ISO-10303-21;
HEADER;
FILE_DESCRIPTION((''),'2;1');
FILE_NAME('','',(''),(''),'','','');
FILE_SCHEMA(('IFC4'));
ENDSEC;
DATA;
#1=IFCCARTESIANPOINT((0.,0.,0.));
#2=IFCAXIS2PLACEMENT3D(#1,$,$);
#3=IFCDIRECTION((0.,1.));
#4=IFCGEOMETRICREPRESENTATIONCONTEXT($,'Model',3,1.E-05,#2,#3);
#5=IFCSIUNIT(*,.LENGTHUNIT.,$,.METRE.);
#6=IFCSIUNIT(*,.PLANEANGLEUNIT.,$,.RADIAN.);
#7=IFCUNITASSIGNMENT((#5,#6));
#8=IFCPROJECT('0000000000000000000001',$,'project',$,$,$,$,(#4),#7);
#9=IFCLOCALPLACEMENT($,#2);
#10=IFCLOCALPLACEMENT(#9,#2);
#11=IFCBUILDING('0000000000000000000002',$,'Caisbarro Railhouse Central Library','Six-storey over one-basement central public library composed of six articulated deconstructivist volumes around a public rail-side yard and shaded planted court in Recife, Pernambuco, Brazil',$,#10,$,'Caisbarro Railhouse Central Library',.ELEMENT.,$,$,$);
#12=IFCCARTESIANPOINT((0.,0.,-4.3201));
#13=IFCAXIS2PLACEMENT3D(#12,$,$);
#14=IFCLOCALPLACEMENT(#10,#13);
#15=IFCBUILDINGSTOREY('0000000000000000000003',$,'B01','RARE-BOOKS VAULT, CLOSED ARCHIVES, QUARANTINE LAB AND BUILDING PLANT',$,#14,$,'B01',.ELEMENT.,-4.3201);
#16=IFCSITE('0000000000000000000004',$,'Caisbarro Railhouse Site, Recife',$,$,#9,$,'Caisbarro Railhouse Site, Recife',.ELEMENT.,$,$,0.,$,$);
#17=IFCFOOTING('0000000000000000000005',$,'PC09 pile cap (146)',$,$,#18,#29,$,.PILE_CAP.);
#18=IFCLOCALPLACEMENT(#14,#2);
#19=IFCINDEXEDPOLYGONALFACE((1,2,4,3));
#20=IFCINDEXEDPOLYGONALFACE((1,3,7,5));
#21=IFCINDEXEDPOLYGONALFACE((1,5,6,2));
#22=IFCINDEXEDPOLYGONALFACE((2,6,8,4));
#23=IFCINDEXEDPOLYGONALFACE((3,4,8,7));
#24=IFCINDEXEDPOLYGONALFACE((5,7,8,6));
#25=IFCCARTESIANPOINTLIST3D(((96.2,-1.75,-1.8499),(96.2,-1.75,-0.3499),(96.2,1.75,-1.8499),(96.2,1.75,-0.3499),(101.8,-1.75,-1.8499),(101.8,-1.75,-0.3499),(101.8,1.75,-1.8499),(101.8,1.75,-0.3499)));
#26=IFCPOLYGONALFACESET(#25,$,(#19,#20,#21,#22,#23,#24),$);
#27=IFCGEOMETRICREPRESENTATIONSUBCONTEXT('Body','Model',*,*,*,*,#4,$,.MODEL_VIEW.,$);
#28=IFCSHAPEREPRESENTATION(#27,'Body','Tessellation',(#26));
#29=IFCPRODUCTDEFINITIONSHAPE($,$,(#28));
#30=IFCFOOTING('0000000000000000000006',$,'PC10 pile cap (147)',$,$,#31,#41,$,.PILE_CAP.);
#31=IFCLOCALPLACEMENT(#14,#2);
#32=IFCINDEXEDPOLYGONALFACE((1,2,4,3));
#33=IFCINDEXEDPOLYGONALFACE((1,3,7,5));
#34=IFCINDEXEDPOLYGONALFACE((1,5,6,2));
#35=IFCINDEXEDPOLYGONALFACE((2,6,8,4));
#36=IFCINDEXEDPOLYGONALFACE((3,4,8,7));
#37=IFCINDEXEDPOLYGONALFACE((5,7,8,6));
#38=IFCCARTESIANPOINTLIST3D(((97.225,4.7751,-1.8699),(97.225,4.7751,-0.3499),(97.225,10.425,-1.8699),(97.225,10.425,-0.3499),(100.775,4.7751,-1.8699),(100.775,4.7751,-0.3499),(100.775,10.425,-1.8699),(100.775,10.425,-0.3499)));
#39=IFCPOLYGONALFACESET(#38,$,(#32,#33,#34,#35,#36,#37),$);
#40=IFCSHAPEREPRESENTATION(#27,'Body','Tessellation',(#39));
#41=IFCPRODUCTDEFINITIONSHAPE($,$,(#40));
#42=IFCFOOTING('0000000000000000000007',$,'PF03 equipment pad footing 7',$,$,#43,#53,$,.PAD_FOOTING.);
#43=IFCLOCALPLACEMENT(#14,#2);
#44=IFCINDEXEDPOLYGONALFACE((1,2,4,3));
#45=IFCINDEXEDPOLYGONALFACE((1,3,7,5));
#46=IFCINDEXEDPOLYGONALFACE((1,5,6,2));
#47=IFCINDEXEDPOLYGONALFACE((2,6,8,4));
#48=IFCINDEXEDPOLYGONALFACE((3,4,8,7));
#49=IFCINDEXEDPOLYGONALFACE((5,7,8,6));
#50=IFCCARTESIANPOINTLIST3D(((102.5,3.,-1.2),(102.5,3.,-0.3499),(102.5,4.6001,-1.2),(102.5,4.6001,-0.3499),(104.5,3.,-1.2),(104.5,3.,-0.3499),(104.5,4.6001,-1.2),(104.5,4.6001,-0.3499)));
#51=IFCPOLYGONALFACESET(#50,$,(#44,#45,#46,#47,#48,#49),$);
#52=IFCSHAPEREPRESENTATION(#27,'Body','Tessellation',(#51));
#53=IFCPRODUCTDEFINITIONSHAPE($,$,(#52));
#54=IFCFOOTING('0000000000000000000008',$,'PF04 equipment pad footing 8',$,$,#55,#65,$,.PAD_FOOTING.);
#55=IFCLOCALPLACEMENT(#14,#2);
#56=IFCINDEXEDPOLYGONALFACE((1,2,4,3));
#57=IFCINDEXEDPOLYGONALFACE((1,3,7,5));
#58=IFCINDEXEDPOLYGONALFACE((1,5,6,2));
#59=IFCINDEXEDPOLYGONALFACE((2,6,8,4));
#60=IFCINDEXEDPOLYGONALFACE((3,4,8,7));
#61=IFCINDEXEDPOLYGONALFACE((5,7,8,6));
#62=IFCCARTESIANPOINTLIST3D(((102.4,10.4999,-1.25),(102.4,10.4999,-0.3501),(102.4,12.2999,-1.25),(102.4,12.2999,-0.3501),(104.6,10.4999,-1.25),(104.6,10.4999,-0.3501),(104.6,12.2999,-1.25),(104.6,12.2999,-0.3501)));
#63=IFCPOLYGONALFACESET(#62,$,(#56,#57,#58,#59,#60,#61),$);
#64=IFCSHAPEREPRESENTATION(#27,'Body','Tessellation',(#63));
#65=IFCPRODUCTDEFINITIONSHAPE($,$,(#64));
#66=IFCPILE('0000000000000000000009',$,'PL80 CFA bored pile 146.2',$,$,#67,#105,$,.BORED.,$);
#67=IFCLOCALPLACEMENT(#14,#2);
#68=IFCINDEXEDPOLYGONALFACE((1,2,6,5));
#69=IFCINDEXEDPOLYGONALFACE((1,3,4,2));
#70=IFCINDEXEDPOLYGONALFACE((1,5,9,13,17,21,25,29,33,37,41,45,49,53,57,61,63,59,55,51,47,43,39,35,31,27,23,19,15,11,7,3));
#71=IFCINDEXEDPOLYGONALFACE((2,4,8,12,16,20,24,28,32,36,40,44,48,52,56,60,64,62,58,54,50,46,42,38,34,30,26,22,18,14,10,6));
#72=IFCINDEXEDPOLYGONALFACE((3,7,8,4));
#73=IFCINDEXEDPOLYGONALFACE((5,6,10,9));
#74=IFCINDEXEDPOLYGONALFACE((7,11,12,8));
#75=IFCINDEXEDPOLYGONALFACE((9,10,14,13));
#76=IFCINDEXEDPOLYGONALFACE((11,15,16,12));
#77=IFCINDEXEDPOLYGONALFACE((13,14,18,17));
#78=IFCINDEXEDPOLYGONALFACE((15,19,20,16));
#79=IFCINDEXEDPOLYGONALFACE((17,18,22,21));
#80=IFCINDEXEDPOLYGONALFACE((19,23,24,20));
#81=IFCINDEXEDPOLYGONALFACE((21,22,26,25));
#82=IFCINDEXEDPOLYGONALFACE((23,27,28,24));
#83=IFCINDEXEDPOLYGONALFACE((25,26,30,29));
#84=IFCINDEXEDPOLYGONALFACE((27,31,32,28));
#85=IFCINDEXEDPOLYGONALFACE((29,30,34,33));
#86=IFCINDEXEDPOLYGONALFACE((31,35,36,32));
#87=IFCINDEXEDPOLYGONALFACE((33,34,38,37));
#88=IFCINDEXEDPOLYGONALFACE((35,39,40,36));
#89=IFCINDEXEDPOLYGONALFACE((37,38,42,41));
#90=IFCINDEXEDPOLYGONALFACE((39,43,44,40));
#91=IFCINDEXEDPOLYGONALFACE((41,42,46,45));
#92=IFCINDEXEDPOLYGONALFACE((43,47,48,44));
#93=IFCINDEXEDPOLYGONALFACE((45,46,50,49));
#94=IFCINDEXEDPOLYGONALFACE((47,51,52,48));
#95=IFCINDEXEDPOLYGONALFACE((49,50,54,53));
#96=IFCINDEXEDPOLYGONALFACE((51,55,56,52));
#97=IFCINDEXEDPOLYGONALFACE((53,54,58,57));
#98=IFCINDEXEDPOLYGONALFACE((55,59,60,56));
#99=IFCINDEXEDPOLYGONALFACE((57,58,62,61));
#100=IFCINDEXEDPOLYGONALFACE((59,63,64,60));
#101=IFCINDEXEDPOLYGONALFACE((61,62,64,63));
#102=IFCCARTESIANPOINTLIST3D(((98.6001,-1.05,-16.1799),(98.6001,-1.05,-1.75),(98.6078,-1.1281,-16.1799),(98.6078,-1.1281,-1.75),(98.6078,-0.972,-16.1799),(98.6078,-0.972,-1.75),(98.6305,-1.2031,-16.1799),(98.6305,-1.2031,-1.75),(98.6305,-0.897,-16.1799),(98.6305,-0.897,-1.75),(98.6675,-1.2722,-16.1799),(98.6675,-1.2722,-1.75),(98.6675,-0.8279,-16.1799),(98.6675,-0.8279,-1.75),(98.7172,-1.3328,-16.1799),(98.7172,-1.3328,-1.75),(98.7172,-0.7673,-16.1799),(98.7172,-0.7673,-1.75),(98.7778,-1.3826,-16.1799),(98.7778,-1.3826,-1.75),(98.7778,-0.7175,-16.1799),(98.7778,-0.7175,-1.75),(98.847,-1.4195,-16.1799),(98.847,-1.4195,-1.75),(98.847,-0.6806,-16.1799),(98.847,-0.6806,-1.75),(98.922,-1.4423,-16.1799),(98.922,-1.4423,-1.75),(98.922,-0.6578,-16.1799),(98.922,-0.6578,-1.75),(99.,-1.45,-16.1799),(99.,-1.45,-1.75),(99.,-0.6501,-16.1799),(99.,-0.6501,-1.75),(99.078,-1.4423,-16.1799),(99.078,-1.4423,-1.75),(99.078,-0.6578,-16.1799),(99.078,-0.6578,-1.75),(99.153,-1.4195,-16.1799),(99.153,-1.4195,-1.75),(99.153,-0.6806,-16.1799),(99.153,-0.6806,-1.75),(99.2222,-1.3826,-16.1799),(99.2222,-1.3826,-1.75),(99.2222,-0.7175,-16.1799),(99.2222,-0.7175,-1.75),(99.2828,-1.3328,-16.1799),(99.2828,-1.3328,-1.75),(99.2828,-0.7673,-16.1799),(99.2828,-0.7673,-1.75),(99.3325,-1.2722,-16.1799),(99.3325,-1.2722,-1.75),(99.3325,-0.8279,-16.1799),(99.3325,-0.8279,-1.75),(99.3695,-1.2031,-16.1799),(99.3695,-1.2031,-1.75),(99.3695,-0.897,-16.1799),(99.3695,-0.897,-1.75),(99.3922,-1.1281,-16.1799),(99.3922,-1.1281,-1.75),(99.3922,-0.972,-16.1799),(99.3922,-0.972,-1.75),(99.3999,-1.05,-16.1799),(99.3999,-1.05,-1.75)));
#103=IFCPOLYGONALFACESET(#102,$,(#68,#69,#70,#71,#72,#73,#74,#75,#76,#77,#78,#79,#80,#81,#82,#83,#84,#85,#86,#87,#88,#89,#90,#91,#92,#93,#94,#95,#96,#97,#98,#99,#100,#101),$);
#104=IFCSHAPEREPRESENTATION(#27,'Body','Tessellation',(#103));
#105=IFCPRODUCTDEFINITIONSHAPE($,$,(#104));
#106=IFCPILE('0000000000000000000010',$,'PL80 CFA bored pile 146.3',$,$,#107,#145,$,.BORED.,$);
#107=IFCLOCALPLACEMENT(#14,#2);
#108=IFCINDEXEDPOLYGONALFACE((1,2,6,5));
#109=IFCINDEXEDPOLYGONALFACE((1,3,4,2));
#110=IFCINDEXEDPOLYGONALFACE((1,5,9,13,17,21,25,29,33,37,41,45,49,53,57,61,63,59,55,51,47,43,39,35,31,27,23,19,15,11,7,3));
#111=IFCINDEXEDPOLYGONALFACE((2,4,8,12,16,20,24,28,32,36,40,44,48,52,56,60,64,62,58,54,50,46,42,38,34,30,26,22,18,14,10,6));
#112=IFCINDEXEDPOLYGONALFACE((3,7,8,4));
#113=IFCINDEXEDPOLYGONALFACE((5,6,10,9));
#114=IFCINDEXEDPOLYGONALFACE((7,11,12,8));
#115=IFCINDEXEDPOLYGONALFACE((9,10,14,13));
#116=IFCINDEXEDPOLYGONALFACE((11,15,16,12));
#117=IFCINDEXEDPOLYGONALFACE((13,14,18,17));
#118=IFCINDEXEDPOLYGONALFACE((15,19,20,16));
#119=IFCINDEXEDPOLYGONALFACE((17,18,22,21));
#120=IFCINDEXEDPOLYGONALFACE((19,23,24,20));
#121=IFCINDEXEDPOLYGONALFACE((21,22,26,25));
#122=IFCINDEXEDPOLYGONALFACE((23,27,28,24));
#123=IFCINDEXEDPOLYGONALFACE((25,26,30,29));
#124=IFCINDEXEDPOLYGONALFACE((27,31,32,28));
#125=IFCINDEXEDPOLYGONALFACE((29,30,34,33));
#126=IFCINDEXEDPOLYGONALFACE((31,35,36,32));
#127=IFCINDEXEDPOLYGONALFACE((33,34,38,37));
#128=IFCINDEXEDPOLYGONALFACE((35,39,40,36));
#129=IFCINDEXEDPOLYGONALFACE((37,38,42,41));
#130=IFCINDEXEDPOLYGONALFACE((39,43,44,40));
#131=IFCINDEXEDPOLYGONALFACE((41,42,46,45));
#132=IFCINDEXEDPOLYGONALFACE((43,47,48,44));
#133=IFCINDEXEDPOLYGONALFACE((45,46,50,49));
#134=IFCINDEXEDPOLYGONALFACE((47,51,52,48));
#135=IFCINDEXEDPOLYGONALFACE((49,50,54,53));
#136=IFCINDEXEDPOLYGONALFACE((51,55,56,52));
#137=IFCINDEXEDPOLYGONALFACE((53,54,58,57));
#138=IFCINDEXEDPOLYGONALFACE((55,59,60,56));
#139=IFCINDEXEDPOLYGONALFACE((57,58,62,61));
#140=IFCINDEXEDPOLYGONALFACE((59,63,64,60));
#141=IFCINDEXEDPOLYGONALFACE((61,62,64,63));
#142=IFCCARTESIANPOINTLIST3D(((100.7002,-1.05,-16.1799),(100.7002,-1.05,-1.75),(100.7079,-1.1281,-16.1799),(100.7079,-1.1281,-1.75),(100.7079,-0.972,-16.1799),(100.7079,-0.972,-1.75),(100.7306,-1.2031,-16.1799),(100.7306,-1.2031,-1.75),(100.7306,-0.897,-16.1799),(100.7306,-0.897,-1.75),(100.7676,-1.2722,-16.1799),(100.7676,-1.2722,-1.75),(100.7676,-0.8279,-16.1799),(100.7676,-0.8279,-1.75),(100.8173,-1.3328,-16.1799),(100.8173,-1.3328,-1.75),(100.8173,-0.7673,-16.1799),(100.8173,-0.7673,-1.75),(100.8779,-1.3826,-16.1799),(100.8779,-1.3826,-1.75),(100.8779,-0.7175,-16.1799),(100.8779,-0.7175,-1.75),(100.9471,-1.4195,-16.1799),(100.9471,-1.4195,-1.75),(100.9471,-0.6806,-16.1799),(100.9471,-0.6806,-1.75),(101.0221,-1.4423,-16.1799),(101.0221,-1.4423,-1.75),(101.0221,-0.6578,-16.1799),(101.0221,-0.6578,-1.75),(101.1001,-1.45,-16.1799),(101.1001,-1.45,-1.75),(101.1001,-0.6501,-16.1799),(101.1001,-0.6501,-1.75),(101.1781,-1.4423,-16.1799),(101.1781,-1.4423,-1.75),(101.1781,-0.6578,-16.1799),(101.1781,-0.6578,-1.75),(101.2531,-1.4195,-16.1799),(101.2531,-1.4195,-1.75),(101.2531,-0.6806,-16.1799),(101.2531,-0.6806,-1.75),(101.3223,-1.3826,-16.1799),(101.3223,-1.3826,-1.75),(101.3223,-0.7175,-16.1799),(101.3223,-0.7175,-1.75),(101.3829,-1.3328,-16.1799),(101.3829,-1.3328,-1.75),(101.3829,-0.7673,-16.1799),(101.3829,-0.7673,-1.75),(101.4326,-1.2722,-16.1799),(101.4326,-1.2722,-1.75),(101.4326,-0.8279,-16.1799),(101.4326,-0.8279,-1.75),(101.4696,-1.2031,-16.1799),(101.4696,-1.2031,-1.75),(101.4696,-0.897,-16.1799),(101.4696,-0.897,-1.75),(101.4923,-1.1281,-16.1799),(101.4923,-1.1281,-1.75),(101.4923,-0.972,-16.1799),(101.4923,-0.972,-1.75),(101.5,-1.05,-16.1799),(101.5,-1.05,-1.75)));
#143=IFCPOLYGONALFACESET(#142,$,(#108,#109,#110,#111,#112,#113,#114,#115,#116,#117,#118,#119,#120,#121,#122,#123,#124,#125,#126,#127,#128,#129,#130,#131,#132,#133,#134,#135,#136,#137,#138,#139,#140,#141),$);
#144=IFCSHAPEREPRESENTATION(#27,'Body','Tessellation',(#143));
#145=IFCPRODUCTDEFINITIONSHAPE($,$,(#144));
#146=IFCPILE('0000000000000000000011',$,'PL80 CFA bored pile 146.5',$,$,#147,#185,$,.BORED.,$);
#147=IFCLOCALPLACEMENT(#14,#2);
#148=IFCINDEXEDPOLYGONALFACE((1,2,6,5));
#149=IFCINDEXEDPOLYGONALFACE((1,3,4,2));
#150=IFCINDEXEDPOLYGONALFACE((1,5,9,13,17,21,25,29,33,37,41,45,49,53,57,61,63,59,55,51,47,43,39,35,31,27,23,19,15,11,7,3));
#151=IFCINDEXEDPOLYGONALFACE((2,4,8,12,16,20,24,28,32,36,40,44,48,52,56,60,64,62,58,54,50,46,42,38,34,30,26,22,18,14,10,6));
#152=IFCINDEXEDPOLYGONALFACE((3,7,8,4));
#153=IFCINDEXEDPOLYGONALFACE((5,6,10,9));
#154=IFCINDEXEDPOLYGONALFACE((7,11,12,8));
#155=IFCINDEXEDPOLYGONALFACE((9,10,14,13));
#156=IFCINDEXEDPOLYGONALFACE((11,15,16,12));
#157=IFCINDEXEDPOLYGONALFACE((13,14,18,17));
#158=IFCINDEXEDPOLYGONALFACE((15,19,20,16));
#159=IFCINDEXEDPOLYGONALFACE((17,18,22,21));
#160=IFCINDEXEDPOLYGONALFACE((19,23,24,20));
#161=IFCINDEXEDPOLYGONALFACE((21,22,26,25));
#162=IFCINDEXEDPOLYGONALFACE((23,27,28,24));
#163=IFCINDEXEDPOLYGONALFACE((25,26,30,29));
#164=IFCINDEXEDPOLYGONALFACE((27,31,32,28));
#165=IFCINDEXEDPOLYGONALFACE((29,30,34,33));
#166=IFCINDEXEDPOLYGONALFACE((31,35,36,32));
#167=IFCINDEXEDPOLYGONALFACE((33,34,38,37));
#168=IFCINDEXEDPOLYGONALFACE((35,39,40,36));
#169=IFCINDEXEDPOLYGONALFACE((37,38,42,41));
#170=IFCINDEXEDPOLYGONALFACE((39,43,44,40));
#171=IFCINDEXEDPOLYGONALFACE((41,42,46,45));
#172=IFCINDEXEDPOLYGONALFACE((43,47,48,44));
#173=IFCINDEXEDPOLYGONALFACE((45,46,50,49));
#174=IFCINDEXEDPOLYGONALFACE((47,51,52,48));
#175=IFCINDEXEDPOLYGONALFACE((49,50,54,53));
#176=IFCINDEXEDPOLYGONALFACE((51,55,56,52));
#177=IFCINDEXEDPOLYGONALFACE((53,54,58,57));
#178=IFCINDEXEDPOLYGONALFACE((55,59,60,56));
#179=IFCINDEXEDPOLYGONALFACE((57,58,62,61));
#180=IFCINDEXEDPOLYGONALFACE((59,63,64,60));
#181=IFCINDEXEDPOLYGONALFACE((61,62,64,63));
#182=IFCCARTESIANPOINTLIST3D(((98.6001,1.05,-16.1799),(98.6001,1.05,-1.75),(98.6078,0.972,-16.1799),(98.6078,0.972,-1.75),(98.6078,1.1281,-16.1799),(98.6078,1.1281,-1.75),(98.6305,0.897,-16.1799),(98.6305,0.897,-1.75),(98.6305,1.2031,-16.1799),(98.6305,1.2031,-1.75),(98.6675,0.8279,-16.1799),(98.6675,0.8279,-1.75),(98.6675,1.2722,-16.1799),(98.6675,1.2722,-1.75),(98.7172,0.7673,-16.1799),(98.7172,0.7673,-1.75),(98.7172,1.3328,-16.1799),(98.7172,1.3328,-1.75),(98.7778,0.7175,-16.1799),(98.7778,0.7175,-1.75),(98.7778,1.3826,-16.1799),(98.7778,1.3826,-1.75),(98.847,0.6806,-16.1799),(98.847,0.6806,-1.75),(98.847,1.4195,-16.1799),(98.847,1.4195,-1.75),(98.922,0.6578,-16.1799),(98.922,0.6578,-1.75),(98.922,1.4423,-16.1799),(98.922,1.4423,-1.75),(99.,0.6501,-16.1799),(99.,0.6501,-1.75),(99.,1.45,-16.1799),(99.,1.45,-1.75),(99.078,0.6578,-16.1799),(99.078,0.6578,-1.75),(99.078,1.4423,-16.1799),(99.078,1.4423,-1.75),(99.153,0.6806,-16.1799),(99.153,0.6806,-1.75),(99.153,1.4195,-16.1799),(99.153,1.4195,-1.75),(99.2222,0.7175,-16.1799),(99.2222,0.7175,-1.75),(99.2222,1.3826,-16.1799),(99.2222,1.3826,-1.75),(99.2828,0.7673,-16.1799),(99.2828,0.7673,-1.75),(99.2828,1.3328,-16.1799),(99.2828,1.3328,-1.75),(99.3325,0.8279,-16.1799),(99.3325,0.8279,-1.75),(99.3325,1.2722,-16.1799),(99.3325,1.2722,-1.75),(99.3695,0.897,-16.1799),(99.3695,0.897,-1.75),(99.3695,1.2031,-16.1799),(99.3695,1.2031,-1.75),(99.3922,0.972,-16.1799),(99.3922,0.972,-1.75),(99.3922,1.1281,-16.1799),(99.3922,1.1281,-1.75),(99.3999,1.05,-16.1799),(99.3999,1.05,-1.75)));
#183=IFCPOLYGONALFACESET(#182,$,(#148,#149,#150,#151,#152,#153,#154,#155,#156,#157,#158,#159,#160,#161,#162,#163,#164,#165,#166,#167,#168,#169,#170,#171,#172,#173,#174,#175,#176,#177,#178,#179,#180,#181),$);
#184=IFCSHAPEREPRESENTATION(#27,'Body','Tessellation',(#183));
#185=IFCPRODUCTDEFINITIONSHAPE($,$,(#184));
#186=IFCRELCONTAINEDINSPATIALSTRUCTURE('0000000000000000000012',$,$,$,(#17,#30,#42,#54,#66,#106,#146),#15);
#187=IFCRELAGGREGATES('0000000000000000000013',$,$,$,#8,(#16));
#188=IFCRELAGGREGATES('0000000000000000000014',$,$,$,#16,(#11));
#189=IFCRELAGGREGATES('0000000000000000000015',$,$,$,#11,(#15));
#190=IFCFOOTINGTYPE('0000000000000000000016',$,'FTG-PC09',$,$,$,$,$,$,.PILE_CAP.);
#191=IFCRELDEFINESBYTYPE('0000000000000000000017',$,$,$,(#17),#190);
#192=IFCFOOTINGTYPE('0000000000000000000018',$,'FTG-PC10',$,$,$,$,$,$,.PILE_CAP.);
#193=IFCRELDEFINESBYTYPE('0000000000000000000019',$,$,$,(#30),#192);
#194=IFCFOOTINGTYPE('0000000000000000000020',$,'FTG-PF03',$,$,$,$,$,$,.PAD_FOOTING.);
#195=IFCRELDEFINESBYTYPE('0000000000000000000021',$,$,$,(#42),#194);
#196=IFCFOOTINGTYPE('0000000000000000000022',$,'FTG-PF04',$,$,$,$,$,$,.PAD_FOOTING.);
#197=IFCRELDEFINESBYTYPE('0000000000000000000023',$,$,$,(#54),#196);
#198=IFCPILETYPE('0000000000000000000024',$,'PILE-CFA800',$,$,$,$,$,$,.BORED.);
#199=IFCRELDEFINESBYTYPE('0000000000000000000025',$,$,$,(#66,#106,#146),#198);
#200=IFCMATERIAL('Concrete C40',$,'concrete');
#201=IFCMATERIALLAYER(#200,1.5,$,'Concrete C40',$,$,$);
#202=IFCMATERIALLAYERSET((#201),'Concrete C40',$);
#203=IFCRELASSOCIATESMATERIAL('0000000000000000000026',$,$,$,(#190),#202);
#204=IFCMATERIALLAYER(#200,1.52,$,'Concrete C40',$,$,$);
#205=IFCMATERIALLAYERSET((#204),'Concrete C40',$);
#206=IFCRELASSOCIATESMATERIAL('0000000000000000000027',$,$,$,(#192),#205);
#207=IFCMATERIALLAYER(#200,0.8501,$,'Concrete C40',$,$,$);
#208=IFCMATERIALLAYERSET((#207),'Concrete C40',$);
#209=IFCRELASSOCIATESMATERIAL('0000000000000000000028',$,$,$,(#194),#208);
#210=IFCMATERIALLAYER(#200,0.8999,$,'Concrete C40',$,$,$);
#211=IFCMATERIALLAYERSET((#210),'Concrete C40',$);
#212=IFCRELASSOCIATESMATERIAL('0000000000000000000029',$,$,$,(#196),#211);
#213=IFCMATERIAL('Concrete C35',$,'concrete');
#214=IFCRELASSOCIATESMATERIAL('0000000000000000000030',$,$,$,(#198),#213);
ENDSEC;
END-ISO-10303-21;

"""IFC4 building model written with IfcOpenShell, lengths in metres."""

from ifc_helpers import new_model, si_unit, direction, frame, origin, origin_2d, place, context, subcontext, project, spatial, rectangle, circle, extrude, material, layer, layer_set, material_profile, profile_set, type_object, element, save


model = new_model("IFC4")

# Units and contexts
model_context = context("Model", 3, precision=1e-05, world=origin(), true_north=direction((0.0, 1.0)))
body_context = subcontext(model_context, "Body", "Model", "MODEL_VIEW")
ifc_project = project(units=[si_unit("LENGTHUNIT", "METRE"), si_unit("PLANEANGLEUNIT", "RADIAN")], contexts=[model_context])

# Site, building, storey
site_placement = place(None, origin())
site = spatial("IfcSite", under=ifc_project, at=site_placement, Name="Caisbarro Railhouse Site, Recife", LongName="Caisbarro Railhouse Site, Recife", CompositionType="ELEMENT", RefElevation=0.0)
building_placement = place(site_placement, origin())
building = spatial("IfcBuilding", under=site, at=building_placement, Name="Caisbarro Railhouse Central Library", Description="Six-storey over one-basement central public library composed of six articulated deconstructivist volumes around a public rail-side yard and shaded planted court in Recife, Pernambuco, Brazil", LongName="Caisbarro Railhouse Central Library", CompositionType="ELEMENT")
storey_placement = place(building_placement, frame((0.0, 0.0, -4.3201)))
storey = spatial("IfcBuildingStorey", under=building, at=storey_placement, Name="B01", Description="RARE-BOOKS VAULT, CLOSED ARCHIVES, QUARANTINE LAB AND BUILDING PLANT", LongName="B01", CompositionType="ELEMENT", Elevation=-4.3201)

# Footings
ifc_material_1 = material(Name="Concrete C40", Category="concrete")
ifc_layer_1 = layer(ifc_material_1, 1.5, Name="Concrete C40")
ifc_layer_set_1 = layer_set([ifc_layer_1], Name="Concrete C40")
footing_type_1 = type_object("IfcFootingType", Name="FTG-PC09", PredefinedType="PILE_CAP", material=ifc_layer_set_1)
footing_1_placement = place(storey_placement, frame((99.0, 0.0, -1.8499), z_axis=(0.0, 0.0, 1.0), x_axis=(1.0, 0.0, 0.0)))
element("IfcFooting", 1, at=footing_1_placement, inside=storey, type_object=footing_type_1, Name="PC09 pile cap (146)", PredefinedType="PILE_CAP", context=body_context, shape_type="SweptSolid", body=[
    extrude(rectangle(XDim=5.6001, YDim=3.5, at=origin_2d()), origin(), (0.0, 0.0, 1.0), 1.5),
])
ifc_layer_2 = layer(ifc_material_1, 1.52, Name="Concrete C40")
ifc_layer_set_2 = layer_set([ifc_layer_2], Name="Concrete C40")
footing_type_2 = type_object("IfcFootingType", Name="FTG-PC10", PredefinedType="PILE_CAP", material=ifc_layer_set_2)
footing_2_placement = place(storey_placement, frame((99.0, 7.6001, -1.8699), z_axis=(0.0, 0.0, 1.0), x_axis=(1.0, 0.0, 0.0)))
element("IfcFooting", 2, at=footing_2_placement, inside=storey, type_object=footing_type_2, Name="PC10 pile cap (147)", PredefinedType="PILE_CAP", context=body_context, shape_type="SweptSolid", body=[
    extrude(rectangle(XDim=3.55, YDim=5.6499, at=origin_2d()), origin(), (0.0, 0.0, 1.0), 1.52),
])
ifc_layer_3 = layer(ifc_material_1, 0.8501, Name="Concrete C40")
ifc_layer_set_3 = layer_set([ifc_layer_3], Name="Concrete C40")
footing_type_3 = type_object("IfcFootingType", Name="FTG-PF03", PredefinedType="PAD_FOOTING", material=ifc_layer_set_3)
footing_3_placement = place(storey_placement, frame((103.5, 3.8, -1.2), z_axis=(0.0, 0.0, 1.0), x_axis=(1.0, 0.0, 0.0)))
element("IfcFooting", 3, at=footing_3_placement, inside=storey, type_object=footing_type_3, Name="PF03 equipment pad footing 7", PredefinedType="PAD_FOOTING", context=body_context, shape_type="SweptSolid", body=[
    extrude(rectangle(XDim=2.0, YDim=1.6001, at=origin_2d()), origin(), (0.0, 0.0, 1.0), 0.8501),
])
ifc_layer_4 = layer(ifc_material_1, 0.8999, Name="Concrete C40")
ifc_layer_set_4 = layer_set([ifc_layer_4], Name="Concrete C40")
footing_type_4 = type_object("IfcFootingType", Name="FTG-PF04", PredefinedType="PAD_FOOTING", material=ifc_layer_set_4)
footing_4_placement = place(storey_placement, frame((103.5, 11.3999, -1.25), z_axis=(0.0, 0.0, 1.0), x_axis=(1.0, 0.0, 0.0)))
element("IfcFooting", 4, at=footing_4_placement, inside=storey, type_object=footing_type_4, Name="PF04 equipment pad footing 8", PredefinedType="PAD_FOOTING", context=body_context, shape_type="SweptSolid", body=[
    extrude(rectangle(XDim=2.2, YDim=1.8, at=origin_2d()), origin(), (0.0, 0.0, 1.0), 0.8999),
])

# Piles
ifc_material_2 = material(Name="Concrete C35", Category="concrete")
ifc_material_profile_1 = material_profile(ifc_material_2, circle(Radius=0.3999, at=origin_2d()), Name="PILE-CFA-800")
ifc_profile_set_1 = profile_set([ifc_material_profile_1], Name="Concrete C35")
pile_type = type_object("IfcPileType", Name="PILE-CFA800", PredefinedType="BORED", material=ifc_profile_set_1)
for number, where, z_axis, x_axis, name in (
    (5, (99.0, -1.05, -1.75), (0.0, 0.0, -1.0), (1.0, 0.0, 0.0), "PL80 CFA bored pile 146.2"),
    (6, (101.1001, -1.05, -1.75), (0.0, 0.0, -1.0), (1.0, 0.0, 0.0), "PL80 CFA bored pile 146.3"),
    (7, (99.0, 1.05, -1.75), (0.0, 0.0, -1.0), (1.0, 0.0, 0.0), "PL80 CFA bored pile 146.5"),
):
    element("IfcPile", number, at=place(storey_placement, frame(where, z_axis=z_axis, x_axis=x_axis)), inside=storey, type_object=pile_type, Name=name, PredefinedType="BORED", context=body_context, shape_type="SweptSolid", body=[
        extrude(circle(Radius=0.3999, at=origin_2d()), origin(), (0.0, 0.0, 1.0), 14.4299),
    ])

save(model, "model.ifc")
